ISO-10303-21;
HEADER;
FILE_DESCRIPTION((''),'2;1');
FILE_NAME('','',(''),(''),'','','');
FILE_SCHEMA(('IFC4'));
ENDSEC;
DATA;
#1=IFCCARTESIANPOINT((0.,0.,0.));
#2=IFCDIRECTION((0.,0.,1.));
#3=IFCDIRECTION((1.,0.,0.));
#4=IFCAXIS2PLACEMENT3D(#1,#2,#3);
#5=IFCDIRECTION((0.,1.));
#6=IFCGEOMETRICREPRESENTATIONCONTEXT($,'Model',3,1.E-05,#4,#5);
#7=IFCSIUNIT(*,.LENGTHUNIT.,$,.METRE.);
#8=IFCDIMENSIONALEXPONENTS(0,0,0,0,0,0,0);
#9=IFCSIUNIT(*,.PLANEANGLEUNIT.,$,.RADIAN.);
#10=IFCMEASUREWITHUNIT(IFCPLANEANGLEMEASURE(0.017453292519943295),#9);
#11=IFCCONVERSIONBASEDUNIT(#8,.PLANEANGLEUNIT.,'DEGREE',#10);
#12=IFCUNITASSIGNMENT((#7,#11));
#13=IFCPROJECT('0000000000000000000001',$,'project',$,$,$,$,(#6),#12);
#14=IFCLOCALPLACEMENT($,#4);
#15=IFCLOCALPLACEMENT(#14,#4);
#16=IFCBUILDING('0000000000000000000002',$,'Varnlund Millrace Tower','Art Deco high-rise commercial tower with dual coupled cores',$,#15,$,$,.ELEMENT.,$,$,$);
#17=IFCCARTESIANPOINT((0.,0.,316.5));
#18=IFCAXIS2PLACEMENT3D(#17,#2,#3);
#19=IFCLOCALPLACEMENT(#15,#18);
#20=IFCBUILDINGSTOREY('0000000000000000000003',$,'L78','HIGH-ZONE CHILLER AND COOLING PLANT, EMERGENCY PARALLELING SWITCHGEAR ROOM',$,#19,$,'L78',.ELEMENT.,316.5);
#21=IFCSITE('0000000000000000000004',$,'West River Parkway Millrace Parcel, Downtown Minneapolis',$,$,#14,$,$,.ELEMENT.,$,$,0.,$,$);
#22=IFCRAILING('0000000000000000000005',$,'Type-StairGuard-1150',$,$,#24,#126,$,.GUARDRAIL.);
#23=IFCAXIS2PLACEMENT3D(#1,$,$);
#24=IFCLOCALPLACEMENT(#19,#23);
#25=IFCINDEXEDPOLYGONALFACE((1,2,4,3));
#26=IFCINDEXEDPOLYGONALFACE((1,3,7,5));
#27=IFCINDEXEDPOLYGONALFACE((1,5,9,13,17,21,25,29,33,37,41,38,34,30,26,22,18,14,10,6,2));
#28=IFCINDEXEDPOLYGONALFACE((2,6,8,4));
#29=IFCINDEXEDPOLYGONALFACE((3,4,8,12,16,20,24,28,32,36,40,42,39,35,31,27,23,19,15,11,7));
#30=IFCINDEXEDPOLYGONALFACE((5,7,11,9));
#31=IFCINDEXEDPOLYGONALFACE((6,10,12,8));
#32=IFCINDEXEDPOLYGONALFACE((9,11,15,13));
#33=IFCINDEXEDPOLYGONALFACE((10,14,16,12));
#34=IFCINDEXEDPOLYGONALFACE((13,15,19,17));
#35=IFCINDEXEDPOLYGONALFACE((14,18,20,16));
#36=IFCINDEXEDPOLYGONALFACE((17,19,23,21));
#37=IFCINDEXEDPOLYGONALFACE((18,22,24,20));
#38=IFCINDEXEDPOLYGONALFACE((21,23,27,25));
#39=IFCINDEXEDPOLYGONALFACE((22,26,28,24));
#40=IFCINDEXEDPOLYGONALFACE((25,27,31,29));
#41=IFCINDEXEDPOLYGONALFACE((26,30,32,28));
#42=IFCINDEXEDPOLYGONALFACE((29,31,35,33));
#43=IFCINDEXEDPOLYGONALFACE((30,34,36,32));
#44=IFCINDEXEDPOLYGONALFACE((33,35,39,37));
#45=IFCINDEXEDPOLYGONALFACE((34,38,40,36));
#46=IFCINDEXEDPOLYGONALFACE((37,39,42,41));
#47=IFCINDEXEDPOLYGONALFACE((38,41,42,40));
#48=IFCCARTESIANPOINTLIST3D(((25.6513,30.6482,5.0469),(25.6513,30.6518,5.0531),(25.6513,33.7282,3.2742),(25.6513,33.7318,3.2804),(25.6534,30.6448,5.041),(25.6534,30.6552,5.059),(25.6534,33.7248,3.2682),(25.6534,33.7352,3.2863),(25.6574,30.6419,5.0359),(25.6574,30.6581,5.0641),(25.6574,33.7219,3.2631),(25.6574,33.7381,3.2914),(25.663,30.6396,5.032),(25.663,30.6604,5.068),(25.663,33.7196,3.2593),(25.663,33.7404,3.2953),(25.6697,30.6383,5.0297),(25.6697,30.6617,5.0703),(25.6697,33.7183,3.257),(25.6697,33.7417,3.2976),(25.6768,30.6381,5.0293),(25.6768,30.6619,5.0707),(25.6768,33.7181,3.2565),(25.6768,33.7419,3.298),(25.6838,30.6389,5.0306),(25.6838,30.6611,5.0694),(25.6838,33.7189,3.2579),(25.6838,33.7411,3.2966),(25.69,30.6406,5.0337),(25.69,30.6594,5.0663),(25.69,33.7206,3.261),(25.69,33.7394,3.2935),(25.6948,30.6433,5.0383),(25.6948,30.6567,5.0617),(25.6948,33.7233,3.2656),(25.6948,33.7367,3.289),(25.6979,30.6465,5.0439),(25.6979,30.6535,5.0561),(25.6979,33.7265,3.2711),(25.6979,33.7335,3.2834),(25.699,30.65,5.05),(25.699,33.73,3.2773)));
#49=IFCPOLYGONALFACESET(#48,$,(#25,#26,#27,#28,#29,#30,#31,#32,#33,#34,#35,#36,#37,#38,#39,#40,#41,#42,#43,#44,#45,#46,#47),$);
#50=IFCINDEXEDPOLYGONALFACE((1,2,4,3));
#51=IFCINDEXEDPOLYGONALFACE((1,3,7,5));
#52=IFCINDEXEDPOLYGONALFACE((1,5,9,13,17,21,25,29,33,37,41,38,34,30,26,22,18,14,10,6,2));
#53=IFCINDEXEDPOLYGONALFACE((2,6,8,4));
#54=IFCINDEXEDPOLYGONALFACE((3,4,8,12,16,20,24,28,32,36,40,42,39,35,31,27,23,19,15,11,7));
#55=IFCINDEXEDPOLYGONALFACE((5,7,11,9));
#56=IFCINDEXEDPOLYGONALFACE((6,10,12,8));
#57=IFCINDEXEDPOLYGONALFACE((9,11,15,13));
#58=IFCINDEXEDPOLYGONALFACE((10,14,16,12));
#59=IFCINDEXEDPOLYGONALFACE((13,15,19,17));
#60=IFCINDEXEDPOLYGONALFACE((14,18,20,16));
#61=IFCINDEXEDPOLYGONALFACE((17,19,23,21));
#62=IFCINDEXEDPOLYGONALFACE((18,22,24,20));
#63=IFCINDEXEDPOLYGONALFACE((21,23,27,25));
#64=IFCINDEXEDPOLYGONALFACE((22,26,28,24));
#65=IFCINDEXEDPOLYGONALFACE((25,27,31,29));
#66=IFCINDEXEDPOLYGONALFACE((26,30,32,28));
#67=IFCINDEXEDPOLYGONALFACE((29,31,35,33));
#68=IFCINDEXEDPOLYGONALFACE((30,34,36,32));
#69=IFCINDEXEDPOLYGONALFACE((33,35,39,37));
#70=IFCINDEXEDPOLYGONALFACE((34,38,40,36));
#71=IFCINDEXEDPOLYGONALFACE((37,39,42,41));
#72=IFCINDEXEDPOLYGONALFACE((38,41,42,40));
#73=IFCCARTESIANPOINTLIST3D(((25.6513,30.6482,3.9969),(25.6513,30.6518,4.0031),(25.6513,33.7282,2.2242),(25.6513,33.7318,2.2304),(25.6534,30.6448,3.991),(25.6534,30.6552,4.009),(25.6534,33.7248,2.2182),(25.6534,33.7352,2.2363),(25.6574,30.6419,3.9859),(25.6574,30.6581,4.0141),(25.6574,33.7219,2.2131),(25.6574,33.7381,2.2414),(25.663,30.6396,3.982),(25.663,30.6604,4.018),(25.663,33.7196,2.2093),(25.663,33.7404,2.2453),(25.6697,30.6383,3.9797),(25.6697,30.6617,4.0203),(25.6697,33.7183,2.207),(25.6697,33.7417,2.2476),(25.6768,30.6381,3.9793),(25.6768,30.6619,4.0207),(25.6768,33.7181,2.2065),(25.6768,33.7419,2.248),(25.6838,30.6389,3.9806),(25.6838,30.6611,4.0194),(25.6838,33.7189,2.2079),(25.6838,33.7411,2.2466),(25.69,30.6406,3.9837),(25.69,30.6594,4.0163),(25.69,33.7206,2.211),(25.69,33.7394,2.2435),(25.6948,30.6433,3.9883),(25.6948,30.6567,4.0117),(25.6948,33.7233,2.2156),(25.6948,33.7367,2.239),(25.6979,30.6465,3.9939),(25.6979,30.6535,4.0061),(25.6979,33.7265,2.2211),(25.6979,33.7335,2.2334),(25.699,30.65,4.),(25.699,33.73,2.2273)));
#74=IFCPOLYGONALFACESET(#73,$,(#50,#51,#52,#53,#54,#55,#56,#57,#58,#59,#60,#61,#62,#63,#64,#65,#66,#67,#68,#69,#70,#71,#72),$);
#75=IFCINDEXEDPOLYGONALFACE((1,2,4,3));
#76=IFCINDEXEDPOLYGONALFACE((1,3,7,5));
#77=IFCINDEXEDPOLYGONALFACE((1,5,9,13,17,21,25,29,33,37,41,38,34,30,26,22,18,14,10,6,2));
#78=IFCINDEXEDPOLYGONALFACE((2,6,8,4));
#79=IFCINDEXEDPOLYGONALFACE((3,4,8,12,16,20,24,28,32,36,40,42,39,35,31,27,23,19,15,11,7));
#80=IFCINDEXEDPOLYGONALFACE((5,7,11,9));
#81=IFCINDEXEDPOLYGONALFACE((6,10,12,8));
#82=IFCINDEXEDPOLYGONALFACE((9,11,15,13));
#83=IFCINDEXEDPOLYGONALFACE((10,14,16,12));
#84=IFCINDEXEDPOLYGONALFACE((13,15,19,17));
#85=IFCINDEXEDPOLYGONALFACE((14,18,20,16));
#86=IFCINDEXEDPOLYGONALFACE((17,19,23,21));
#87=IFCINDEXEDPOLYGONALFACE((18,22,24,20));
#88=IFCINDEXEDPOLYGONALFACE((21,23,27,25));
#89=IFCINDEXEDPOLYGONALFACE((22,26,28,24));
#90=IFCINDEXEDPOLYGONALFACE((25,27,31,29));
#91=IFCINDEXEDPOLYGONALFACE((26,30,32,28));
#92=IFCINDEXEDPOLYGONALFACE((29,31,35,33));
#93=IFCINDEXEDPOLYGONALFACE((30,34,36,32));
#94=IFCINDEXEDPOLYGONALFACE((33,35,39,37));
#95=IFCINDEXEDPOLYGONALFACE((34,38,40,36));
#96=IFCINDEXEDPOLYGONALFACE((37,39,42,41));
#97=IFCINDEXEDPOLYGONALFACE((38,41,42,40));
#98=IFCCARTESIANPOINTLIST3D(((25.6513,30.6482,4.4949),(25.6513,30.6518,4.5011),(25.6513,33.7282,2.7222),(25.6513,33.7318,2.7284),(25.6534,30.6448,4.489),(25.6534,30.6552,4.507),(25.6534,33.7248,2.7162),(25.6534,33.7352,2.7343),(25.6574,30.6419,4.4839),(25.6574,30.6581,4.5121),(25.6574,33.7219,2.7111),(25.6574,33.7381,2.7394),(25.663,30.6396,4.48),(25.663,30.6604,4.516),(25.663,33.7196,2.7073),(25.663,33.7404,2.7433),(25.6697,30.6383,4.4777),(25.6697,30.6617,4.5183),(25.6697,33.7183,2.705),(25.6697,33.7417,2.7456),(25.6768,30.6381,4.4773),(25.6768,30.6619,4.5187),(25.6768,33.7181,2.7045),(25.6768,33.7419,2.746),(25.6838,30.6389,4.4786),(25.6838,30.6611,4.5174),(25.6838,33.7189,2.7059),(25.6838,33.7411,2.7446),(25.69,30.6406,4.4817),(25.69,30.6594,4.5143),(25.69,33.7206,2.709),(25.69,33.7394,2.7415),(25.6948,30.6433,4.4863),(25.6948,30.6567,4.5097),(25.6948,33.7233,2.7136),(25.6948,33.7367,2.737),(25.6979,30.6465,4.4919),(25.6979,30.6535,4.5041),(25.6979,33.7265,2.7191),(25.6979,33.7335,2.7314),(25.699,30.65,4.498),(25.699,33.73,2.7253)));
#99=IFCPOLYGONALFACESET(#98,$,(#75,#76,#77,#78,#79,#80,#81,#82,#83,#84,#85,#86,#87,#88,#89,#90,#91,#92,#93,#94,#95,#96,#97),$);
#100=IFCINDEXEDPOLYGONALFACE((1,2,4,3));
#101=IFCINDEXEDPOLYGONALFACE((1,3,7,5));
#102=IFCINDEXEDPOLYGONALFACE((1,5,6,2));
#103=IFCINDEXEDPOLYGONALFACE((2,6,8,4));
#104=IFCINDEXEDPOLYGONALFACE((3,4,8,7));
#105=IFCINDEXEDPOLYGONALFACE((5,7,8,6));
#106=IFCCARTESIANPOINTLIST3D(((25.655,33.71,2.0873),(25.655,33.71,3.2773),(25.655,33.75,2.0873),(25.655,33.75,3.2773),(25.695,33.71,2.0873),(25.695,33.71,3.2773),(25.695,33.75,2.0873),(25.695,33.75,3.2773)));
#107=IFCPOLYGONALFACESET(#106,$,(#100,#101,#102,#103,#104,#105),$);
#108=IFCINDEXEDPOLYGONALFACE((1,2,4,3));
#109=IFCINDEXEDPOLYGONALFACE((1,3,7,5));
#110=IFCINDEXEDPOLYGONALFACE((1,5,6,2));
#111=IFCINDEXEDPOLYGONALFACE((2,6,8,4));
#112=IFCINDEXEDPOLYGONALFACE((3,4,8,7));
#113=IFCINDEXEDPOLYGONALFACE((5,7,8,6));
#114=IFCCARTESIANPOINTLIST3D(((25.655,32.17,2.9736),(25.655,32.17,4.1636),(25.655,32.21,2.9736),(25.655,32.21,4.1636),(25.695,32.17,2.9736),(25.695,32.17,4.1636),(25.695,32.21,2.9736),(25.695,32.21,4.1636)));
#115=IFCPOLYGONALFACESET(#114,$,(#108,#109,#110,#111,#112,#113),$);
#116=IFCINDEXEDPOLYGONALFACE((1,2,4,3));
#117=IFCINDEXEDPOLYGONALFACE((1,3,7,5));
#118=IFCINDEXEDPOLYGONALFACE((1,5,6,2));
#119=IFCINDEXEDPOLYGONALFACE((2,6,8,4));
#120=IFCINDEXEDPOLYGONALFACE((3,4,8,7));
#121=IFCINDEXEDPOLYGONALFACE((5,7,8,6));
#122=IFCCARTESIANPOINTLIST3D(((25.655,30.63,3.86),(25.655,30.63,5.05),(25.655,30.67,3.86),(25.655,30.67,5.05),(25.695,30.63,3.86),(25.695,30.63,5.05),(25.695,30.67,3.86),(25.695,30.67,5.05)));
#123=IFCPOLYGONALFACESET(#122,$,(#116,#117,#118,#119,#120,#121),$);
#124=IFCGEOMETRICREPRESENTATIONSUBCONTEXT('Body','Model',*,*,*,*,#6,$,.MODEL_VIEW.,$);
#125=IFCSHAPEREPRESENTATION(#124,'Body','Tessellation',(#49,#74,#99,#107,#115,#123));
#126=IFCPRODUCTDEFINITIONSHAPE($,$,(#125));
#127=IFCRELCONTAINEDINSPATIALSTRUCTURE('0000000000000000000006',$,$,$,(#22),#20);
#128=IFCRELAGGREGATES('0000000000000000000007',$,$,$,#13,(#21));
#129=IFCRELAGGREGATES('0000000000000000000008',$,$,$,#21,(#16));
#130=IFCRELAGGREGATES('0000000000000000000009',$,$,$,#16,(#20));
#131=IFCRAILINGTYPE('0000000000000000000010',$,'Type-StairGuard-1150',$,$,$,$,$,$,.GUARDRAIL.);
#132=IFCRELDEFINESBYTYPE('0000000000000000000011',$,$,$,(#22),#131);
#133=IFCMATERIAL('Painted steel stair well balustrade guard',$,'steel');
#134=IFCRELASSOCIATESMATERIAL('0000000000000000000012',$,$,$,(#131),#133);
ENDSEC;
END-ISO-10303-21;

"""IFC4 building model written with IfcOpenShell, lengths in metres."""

from ifc_helpers import new_model, entity, si_unit, converted_unit, direction, frame, origin_with_axes, origin_2d_with_axis, place, context, subcontext, project, spatial, rectangle, circle, extrude, material, type_object, element, save


model = new_model("IFC4")

# Units and contexts
model_context = context("Model", 3, precision=1e-05, world=origin_with_axes(), true_north=direction((0.0, 1.0)))
body_context = subcontext(model_context, "Body", "Model", "MODEL_VIEW")
ifc_project = project(units=[si_unit("LENGTHUNIT", "METRE"), converted_unit("PLANEANGLEUNIT", "DEGREE", entity("IfcPlaneAngleMeasure", 0.017453292519943295), si_unit("PLANEANGLEUNIT", "RADIAN"), dimensions=[0, 0, 0, 0, 0, 0, 0])], contexts=[model_context])

# Site, building, storey
site_placement = place(None, origin_with_axes())
site = spatial("IfcSite", under=ifc_project, at=site_placement, Name="West River Parkway Millrace Parcel, Downtown Minneapolis", CompositionType="ELEMENT", RefElevation=0.0)
building_placement = place(site_placement, origin_with_axes())
building = spatial("IfcBuilding", under=site, at=building_placement, Name="Varnlund Millrace Tower", Description="Art Deco high-rise commercial tower with dual coupled cores", CompositionType="ELEMENT")
storey_placement = place(building_placement, frame((0.0, 0.0, 316.5), z_axis=(0.0, 0.0, 1.0), x_axis=(1.0, 0.0, 0.0)))
storey = spatial("IfcBuildingStorey", under=building, at=storey_placement, Name="L78", Description="HIGH-ZONE CHILLER AND COOLING PLANT, EMERGENCY PARALLELING SWITCHGEAR ROOM", LongName="L78", CompositionType="ELEMENT", Elevation=316.5)

# Railing
ifc_material_1 = material(Name="Painted steel stair well balustrade guard", Category="steel")
railing_type_1 = type_object("IfcRailingType", Name="Type-StairGuard-1150", PredefinedType="GUARDRAIL", material=ifc_material_1)
railing_1_placement = place(storey_placement, frame((0.0, 0.0, -316.5), z_axis=(0.0, 0.0, 1.0), x_axis=(1.0, 0.0, 0.0)))
element("IfcRailing", 1, at=railing_1_placement, inside=storey, type_object=railing_type_1, Name="Type-StairGuard-1150", PredefinedType="GUARDRAIL", context=body_context, shape_type="SweptSolid", body=[
    extrude(circle(Radius=0.024, at=origin_2d_with_axis()), frame((25.675, 33.73, 319.7773), z_axis=(0.0, -0.866696, 0.498836), x_axis=(1.0, 0.0, 0.0)), (0.0, 0.0, 1.0), 3.5537),
    extrude(circle(Radius=0.024, at=origin_2d_with_axis()), frame((25.675, 33.73, 318.7273), z_axis=(0.0, -0.866696, 0.498836), x_axis=(1.0, 0.0, 0.0)), (0.0, 0.0, 1.0), 3.5537),
    extrude(circle(Radius=0.024, at=origin_2d_with_axis()), frame((25.675, 33.73, 319.2253), z_axis=(0.0, -0.866696, 0.498836), x_axis=(1.0, 0.0, 0.0)), (0.0, 0.0, 1.0), 3.5537),
    extrude(rectangle(XDim=0.04, YDim=0.04, at=origin_2d_with_axis()), frame((25.675, 33.73, 318.5873), z_axis=(0.0, 0.0, 1.0), x_axis=(1.0, 0.0, 0.0)), (0.0, 0.0, 1.0), 1.19),
    extrude(rectangle(XDim=0.04, YDim=0.04, at=origin_2d_with_axis()), frame((25.675, 32.19, 319.4736), z_axis=(0.0, 0.0, 1.0), x_axis=(1.0, 0.0, 0.0)), (0.0, 0.0, 1.0), 1.19),
    extrude(rectangle(XDim=0.04, YDim=0.04, at=origin_2d_with_axis()), frame((25.675, 30.65, 320.36), z_axis=(0.0, 0.0, 1.0), x_axis=(1.0, 0.0, 0.0)), (0.0, 0.0, 1.0), 1.19),
])

save(model, "model.ifc")
